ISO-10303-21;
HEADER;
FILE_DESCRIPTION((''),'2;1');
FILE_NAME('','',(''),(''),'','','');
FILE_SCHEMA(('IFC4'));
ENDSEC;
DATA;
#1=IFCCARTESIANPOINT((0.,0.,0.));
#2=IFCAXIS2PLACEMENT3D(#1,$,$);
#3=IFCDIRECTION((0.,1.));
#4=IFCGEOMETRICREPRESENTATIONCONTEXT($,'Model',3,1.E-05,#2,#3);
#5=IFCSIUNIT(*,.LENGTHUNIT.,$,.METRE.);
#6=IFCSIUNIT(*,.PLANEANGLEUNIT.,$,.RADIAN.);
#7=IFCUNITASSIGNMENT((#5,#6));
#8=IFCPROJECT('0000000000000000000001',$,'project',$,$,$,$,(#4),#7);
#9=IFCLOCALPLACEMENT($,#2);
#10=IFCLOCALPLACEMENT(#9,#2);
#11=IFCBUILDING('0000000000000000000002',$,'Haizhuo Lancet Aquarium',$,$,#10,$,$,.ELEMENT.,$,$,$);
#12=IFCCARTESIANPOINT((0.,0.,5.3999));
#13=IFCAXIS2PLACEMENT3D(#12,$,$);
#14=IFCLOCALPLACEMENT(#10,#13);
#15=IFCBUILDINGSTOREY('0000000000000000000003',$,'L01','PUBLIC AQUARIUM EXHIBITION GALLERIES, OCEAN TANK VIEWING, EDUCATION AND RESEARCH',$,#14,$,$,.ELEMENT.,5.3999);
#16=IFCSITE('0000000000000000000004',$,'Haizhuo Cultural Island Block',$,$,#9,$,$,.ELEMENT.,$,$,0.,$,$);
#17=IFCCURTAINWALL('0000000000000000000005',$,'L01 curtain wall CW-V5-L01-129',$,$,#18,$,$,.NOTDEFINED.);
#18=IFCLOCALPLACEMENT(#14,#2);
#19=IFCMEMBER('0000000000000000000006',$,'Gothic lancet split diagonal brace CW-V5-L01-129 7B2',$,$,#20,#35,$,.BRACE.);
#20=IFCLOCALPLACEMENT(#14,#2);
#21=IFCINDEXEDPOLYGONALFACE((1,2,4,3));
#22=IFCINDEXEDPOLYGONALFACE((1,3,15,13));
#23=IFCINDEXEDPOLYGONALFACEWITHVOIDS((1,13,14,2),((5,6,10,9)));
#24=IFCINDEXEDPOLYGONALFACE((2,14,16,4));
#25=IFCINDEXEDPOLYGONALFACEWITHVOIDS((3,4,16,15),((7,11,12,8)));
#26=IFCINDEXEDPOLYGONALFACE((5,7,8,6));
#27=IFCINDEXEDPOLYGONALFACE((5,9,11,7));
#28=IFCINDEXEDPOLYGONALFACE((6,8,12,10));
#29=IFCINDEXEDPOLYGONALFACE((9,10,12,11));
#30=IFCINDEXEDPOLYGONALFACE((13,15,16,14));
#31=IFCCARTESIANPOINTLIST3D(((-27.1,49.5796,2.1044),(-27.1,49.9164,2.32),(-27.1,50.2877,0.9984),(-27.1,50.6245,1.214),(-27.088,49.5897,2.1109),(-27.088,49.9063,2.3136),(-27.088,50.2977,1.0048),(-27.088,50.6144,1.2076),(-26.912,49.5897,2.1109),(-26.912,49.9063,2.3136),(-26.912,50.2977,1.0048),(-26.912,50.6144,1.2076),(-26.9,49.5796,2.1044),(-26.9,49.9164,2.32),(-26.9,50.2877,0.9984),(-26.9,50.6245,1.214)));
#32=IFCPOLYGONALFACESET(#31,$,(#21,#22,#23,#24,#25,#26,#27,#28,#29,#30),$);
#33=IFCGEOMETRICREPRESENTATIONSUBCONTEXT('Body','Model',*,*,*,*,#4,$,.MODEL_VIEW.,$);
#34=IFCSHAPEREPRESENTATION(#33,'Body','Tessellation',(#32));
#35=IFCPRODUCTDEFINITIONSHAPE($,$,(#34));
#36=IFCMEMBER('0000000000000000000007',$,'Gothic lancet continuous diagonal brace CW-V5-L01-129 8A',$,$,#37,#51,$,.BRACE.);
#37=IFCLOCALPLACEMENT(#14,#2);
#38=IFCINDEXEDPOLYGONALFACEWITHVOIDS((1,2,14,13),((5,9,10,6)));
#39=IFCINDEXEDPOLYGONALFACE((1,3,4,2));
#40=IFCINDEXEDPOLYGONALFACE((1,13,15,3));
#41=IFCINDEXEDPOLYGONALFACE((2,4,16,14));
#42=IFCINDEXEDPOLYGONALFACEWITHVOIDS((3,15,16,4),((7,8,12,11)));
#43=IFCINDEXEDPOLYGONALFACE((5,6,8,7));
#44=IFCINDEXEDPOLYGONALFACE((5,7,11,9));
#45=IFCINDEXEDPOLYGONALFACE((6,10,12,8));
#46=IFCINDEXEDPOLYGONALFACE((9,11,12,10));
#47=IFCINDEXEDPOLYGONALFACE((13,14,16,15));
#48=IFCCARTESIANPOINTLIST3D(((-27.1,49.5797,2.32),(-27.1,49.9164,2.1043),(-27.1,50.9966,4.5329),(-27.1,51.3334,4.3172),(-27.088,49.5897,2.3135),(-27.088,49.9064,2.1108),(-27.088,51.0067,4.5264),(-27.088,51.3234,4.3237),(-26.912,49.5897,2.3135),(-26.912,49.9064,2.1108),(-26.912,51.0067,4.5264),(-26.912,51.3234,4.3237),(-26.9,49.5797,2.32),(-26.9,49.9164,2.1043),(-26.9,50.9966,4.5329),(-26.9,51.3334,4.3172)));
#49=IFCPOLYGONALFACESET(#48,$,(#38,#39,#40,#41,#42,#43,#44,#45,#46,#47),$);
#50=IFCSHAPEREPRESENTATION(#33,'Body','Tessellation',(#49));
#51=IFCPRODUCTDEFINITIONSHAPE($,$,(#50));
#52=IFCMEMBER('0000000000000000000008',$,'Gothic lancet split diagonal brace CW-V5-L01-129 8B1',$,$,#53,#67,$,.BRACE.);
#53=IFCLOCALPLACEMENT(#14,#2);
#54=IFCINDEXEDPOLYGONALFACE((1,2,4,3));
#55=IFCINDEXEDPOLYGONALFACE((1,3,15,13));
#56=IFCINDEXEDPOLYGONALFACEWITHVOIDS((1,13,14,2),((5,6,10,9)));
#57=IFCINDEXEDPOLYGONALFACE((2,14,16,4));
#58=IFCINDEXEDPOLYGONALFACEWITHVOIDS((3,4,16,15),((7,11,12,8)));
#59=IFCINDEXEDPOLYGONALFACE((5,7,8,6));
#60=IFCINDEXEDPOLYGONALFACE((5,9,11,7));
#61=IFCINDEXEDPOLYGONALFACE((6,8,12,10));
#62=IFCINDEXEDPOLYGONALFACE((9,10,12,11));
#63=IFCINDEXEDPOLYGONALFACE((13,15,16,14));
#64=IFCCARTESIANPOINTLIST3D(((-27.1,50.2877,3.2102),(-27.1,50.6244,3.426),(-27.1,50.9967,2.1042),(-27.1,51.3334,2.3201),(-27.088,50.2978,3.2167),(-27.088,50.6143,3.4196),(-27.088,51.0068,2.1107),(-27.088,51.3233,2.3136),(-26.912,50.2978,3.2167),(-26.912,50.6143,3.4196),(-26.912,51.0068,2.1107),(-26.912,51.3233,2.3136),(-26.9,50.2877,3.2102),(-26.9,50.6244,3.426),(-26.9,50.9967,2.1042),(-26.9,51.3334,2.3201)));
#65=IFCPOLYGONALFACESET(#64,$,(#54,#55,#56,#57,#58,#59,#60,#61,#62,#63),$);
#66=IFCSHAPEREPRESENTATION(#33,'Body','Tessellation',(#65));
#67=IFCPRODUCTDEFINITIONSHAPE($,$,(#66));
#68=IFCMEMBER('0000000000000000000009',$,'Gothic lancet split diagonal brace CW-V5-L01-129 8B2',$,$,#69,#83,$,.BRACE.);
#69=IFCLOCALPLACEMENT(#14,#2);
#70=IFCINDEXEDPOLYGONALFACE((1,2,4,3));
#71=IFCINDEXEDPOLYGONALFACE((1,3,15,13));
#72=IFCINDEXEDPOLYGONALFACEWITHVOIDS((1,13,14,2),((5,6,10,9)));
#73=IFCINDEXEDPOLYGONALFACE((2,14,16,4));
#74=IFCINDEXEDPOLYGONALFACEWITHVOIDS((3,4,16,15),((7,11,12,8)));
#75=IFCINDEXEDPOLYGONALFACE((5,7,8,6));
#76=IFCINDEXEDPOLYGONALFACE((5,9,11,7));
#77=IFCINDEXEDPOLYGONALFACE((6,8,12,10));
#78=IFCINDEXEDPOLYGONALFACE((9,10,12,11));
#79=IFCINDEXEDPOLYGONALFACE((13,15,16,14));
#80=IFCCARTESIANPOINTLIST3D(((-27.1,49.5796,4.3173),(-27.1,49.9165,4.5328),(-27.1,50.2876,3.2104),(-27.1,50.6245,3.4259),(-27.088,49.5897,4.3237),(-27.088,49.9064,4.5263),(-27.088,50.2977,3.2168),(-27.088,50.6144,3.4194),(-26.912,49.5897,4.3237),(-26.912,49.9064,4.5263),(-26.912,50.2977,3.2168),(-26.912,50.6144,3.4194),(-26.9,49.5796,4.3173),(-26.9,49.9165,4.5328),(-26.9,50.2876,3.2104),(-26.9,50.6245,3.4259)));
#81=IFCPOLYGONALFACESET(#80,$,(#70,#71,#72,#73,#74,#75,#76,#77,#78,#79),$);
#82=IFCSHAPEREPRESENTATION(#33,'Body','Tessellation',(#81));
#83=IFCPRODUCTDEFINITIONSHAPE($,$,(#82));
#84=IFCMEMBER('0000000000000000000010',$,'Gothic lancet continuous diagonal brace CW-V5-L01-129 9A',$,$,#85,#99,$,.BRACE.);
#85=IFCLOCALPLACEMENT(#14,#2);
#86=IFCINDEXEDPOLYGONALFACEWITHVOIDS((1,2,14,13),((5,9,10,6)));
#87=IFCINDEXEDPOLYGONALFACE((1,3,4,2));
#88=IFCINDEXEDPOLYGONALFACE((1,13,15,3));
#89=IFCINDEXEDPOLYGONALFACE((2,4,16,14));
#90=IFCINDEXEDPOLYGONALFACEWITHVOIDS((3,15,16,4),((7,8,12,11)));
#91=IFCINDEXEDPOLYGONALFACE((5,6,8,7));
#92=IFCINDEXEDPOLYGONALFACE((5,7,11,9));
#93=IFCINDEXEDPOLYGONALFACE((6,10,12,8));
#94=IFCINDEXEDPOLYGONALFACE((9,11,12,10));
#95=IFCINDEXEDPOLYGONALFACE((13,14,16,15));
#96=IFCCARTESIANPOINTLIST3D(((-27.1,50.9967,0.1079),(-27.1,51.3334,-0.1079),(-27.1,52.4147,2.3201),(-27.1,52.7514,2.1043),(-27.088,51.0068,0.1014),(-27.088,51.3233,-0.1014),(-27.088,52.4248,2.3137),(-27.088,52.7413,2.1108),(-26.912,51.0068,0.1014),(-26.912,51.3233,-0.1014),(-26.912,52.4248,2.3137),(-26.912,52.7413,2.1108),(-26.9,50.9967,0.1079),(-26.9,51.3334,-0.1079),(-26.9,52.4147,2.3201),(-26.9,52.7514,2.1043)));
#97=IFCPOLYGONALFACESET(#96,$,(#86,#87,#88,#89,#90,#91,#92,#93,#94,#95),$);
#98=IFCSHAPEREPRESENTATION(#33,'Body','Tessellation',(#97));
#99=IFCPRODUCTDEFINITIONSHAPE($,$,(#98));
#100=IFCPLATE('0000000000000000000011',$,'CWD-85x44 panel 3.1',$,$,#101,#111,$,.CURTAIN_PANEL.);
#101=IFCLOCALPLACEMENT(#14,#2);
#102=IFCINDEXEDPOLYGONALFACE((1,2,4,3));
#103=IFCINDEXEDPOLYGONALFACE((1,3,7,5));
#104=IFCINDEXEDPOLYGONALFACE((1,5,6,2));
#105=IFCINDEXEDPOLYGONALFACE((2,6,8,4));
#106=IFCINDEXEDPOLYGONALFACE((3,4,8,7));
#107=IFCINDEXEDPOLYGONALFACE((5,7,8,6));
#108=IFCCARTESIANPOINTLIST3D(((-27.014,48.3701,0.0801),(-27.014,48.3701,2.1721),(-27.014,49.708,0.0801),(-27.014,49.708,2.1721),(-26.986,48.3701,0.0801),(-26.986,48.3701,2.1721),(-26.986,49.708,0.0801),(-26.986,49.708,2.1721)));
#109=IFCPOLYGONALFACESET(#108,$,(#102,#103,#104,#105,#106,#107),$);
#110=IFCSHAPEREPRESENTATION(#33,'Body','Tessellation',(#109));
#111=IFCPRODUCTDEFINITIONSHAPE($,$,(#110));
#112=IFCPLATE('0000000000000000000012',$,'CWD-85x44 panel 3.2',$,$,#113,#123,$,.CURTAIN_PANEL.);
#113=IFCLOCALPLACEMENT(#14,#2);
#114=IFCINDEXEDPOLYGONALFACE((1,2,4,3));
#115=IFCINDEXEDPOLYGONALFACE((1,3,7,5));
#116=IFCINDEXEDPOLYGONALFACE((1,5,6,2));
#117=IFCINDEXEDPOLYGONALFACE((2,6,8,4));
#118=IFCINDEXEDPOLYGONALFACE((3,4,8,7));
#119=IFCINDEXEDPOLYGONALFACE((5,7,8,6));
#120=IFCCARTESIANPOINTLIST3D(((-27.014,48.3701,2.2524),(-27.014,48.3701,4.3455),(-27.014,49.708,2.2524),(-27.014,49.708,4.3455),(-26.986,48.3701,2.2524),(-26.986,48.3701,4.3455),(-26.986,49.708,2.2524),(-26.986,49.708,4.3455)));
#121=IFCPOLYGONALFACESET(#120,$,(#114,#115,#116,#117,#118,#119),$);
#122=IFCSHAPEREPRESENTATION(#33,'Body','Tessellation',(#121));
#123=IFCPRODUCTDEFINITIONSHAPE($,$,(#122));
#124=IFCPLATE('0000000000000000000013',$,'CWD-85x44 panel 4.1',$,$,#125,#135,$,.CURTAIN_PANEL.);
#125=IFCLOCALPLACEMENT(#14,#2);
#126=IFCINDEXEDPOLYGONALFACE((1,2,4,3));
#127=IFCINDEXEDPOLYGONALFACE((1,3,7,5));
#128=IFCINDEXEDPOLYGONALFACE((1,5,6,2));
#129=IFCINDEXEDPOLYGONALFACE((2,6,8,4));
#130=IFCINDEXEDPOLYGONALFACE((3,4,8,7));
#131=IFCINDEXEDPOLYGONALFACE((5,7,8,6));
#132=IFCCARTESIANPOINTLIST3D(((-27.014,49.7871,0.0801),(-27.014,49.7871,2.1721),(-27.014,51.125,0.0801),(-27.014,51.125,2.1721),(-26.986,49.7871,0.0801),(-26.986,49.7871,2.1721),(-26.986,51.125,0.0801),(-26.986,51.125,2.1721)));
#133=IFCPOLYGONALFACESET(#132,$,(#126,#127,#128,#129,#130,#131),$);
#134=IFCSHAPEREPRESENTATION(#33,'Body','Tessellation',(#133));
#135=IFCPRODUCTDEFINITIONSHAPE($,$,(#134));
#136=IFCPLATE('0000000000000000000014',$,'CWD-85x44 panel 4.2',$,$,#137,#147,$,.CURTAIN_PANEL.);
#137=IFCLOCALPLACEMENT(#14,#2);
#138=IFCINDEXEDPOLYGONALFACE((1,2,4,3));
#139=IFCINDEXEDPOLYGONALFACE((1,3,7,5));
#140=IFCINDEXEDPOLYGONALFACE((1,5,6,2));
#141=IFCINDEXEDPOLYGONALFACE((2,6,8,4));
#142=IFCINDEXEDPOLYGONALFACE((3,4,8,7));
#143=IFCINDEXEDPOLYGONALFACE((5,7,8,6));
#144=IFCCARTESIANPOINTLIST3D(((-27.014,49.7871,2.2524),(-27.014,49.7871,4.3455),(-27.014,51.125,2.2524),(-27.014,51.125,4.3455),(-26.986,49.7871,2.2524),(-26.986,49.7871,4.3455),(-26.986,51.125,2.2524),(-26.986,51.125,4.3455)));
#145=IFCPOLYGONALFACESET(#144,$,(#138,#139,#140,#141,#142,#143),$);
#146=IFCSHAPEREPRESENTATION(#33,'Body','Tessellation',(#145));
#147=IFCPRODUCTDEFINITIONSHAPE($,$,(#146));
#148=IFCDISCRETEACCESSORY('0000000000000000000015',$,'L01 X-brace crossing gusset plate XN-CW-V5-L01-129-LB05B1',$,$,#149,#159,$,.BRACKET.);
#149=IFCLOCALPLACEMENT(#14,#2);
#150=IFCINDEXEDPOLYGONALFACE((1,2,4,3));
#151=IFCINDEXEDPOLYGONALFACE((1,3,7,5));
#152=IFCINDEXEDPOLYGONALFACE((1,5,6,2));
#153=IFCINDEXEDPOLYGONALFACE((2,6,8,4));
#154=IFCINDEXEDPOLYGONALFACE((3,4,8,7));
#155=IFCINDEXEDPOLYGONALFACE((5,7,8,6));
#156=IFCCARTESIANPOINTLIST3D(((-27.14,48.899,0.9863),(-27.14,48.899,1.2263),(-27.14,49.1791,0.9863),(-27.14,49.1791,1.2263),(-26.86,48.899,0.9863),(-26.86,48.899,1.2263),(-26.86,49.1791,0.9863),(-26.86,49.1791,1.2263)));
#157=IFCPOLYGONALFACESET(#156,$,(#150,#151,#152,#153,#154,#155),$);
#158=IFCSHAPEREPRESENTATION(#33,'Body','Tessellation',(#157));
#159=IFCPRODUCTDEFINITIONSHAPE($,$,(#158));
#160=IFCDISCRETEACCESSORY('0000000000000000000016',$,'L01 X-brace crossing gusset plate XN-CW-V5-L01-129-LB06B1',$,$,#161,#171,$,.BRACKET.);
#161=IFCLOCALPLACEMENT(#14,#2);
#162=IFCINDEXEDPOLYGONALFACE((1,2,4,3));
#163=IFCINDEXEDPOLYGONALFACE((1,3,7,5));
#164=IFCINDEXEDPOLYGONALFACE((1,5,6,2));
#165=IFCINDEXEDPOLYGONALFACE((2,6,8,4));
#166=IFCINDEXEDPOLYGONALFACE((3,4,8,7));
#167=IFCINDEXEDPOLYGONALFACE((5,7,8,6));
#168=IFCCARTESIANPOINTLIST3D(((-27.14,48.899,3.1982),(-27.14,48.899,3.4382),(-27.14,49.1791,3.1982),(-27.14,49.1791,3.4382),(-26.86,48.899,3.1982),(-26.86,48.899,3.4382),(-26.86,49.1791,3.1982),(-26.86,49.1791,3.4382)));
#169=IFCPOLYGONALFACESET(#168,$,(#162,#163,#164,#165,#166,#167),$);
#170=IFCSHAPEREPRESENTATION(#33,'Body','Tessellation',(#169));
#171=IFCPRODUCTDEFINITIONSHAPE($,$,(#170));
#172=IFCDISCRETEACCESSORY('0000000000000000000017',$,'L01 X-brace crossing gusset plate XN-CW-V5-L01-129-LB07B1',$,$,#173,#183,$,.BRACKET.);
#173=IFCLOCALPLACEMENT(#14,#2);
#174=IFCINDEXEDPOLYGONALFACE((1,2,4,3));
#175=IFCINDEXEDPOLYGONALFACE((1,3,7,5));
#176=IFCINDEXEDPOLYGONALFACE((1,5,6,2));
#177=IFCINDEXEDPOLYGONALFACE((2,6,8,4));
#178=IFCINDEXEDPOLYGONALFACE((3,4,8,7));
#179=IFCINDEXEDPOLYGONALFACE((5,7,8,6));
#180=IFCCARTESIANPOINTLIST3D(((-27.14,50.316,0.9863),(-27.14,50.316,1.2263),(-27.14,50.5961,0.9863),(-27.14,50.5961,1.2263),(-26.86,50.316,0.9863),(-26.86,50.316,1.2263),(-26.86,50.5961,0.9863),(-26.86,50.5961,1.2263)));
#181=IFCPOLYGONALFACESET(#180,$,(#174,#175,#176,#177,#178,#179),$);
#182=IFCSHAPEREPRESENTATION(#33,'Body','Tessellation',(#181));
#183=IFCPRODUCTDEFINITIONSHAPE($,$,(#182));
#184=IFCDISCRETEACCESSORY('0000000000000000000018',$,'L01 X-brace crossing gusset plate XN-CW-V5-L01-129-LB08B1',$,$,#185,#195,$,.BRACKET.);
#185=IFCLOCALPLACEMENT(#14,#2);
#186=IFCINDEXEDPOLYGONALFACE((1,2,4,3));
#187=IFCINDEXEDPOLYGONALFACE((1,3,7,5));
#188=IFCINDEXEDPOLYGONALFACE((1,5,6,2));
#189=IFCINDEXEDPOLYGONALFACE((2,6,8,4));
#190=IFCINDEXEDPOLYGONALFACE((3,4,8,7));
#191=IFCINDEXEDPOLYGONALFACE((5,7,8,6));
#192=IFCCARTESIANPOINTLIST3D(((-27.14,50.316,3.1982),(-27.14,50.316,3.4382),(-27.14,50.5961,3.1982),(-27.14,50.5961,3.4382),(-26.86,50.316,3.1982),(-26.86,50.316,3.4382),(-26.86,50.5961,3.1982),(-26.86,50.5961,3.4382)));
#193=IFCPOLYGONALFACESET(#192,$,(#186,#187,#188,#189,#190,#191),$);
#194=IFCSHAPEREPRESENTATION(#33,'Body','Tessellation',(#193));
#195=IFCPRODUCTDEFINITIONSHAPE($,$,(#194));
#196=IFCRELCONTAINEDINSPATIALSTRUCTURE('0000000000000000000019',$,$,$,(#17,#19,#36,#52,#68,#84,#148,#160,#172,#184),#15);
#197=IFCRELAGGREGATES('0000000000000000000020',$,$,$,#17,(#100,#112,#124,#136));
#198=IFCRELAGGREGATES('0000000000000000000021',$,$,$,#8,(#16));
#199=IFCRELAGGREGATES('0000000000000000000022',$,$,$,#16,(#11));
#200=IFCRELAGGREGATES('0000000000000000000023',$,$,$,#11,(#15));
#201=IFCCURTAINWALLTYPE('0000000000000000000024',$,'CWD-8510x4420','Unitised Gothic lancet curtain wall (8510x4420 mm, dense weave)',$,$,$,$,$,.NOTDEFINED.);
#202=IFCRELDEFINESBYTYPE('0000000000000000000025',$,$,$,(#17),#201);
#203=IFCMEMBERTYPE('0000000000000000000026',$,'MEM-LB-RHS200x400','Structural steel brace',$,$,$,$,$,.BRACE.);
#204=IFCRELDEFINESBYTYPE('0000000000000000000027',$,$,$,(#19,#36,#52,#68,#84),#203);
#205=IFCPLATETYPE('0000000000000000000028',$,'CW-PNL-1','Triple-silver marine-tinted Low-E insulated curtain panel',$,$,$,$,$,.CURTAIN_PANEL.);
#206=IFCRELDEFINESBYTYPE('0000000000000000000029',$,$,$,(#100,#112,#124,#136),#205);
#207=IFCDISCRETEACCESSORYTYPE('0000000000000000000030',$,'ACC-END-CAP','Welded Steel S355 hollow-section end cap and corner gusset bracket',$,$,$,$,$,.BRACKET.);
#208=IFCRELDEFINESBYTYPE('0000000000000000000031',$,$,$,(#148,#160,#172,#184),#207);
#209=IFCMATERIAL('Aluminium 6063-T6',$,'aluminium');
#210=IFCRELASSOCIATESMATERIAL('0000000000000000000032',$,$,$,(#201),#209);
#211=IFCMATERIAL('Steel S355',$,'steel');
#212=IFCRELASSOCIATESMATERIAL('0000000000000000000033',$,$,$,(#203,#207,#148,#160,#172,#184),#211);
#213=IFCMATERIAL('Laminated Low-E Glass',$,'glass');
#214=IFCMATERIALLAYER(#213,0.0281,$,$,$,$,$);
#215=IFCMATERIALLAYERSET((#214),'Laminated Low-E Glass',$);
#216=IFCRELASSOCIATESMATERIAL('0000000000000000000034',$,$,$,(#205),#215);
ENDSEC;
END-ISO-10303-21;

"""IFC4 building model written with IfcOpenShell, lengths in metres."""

from ifc_helpers import new_model, si_unit, direction, frame, origin, origin_2d, place, context, subcontext, project, spatial, rectangle, hollow_rectangle, extrude, material, layer, layer_set, material_profile, profile_set, type_object, element, aggregate, save


model = new_model("IFC4")

# Units and contexts
model_context = context("Model", 3, precision=1e-05, world=origin(), true_north=direction((0.0, 1.0)))
body_context = subcontext(model_context, "Body", "Model", "MODEL_VIEW")
ifc_project = project(units=[si_unit("LENGTHUNIT", "METRE"), si_unit("PLANEANGLEUNIT", "RADIAN")], contexts=[model_context])

# Site, building, storey
site_placement = place(None, origin())
site = spatial("IfcSite", under=ifc_project, at=site_placement, Name="Haizhuo Cultural Island Block", CompositionType="ELEMENT", RefElevation=0.0)
building_placement = place(site_placement, origin())
building = spatial("IfcBuilding", under=site, at=building_placement, Name="Haizhuo Lancet Aquarium", CompositionType="ELEMENT")
storey_placement = place(building_placement, frame((0.0, 0.0, 5.3999)))
storey = spatial("IfcBuildingStorey", under=building, at=storey_placement, Name="L01", Description="PUBLIC AQUARIUM EXHIBITION GALLERIES, OCEAN TANK VIEWING, EDUCATION AND RESEARCH", CompositionType="ELEMENT", Elevation=5.3999)

# Curtain wall
ifc_material_1 = material(Name="Aluminium 6063-T6", Category="aluminium")
curtain_wall_type = type_object("IfcCurtainWallType", Name="CWD-8510x4420", Description="Unitised Gothic lancet curtain wall (8510x4420 mm, dense weave)", PredefinedType="NOTDEFINED", material=ifc_material_1)
curtain_wall_placement = place(storey_placement, origin())
curtain_wall = element("IfcCurtainWall", 1, at=curtain_wall_placement, inside=storey, type_object=curtain_wall_type, Name="L01 curtain wall CW-V5-L01-129", PredefinedType="NOTDEFINED")

# Members
ifc_material_2 = material(Name="Steel S355", Category="steel")
ifc_material_profile_1 = material_profile(ifc_material_2, hollow_rectangle(XDim=0.2, YDim=0.3999, WallThickness=0.012, at=origin_2d()), Name="RHS 200x400x12")
ifc_profile_set_1 = profile_set([ifc_material_profile_1], Name="Steel S355")
member_type_1 = type_object("IfcMemberType", Name="MEM-LB-RHS200x400", Description="Structural steel brace", PredefinedType="BRACE", material=ifc_profile_set_1)
member_1_placement = place(storey_placement, frame((-27.0, 50.4561, 1.1062), z_axis=(0.0, -0.539159, 0.842204), x_axis=(1.0, 0.0, 0.0)))
element("IfcMember", 2, at=member_1_placement, inside=storey, type_object=member_type_1, Name="Gothic lancet split diagonal brace CW-V5-L01-129 7B2", PredefinedType="BRACE", context=body_context, shape_type="SweptSolid", body=[
    extrude(hollow_rectangle(XDim=0.2, YDim=0.3999, WallThickness=0.012, at=origin_2d()), origin(), (0.0, 0.0, 1.0), 1.3132),
])
member_2_placement = place(storey_placement, frame((-27.0, 49.748, 2.2122), z_axis=(0.0, 0.539254, 0.842143), x_axis=(-1.0, 0.0, 0.0)))
element("IfcMember", 3, at=member_2_placement, inside=storey, type_object=member_type_1, Name="Gothic lancet continuous diagonal brace CW-V5-L01-129 8A", PredefinedType="BRACE", context=body_context, shape_type="SweptSolid", body=[
    extrude(hollow_rectangle(XDim=0.2, YDim=0.3999, WallThickness=0.012, at=origin_2d()), origin(), (0.0, 0.0, 1.0), 2.6277),
])
member_3_placement = place(storey_placement, frame((-27.0, 51.165, 2.2122), z_axis=(0.0, -0.539686, 0.841866), x_axis=(1.0, 0.0, 0.0)))
element("IfcMember", 4, at=member_3_placement, inside=storey, type_object=member_type_1, Name="Gothic lancet split diagonal brace CW-V5-L01-129 8B1", PredefinedType="BRACE", context=body_context, shape_type="SweptSolid", body=[
    extrude(hollow_rectangle(XDim=0.2, YDim=0.3999, WallThickness=0.012, at=origin_2d()), origin(), (0.0, 0.0, 1.0), 1.3137),
])
member_4_placement = place(storey_placement, frame((-27.0, 50.4561, 3.3181), z_axis=(0.0, -0.538822, 0.84242), x_axis=(1.0, 0.0, 0.0)))
element("IfcMember", 5, at=member_4_placement, inside=storey, type_object=member_type_1, Name="Gothic lancet split diagonal brace CW-V5-L01-129 8B2", PredefinedType="BRACE", context=body_context, shape_type="SweptSolid", body=[
    extrude(hollow_rectangle(XDim=0.2, YDim=0.3999, WallThickness=0.012, at=origin_2d()), origin(), (0.0, 0.0, 1.0), 1.314),
])
member_5_placement = place(storey_placement, frame((-27.0, 51.165, 0.0), z_axis=(0.0, 0.539644, 0.841893), x_axis=(-1.0, 0.0, 0.0)))
element("IfcMember", 6, at=member_5_placement, inside=storey, type_object=member_type_1, Name="Gothic lancet continuous diagonal brace CW-V5-L01-129 9A", PredefinedType="BRACE", context=body_context, shape_type="SweptSolid", body=[
    extrude(hollow_rectangle(XDim=0.2, YDim=0.3999, WallThickness=0.012, at=origin_2d()), origin(), (0.0, 0.0, 1.0), 2.6277),
])

# Plates
ifc_material_3 = material(Name="Laminated Low-E Glass", Category="glass")
ifc_layer = layer(ifc_material_3, 0.0281)
ifc_layer_set = layer_set([ifc_layer], Name="Laminated Low-E Glass")
plate_type = type_object("IfcPlateType", Name="CW-PNL-1", Description="Triple-silver marine-tinted Low-E insulated curtain panel", PredefinedType="CURTAIN_PANEL", material=ifc_layer_set)
plate_1_placement = place(storey_placement, frame((-27.0, 49.0391, 0.0801), z_axis=(0.0, 0.0, 1.0), x_axis=(0.0, 1.0, 0.0)))
plate_1 = element("IfcPlate", 7, at=plate_1_placement, type_object=plate_type, Name="CWD-85x44 panel 3.1", PredefinedType="CURTAIN_PANEL", context=body_context, shape_type="SweptSolid", body=[
    extrude(rectangle(XDim=1.3379, YDim=0.0281, at=origin_2d()), origin(), (0.0, 0.0, 1.0), 2.092),
])
plate_2_placement = place(storey_placement, frame((-27.0, 49.0391, 2.2524), z_axis=(0.0, 0.0, 1.0), x_axis=(0.0, 1.0, 0.0)))
plate_2 = element("IfcPlate", 8, at=plate_2_placement, type_object=plate_type, Name="CWD-85x44 panel 3.2", PredefinedType="CURTAIN_PANEL", context=body_context, shape_type="SweptSolid", body=[
    extrude(rectangle(XDim=1.3379, YDim=0.0281, at=origin_2d()), origin(), (0.0, 0.0, 1.0), 2.093),
])
plate_3_placement = place(storey_placement, frame((-27.0, 50.4561, 0.0801), z_axis=(0.0, 0.0, 1.0), x_axis=(0.0, 1.0, 0.0)))
plate_3 = element("IfcPlate", 9, at=plate_3_placement, type_object=plate_type, Name="CWD-85x44 panel 4.1", PredefinedType="CURTAIN_PANEL", context=body_context, shape_type="SweptSolid", body=[
    extrude(rectangle(XDim=1.3379, YDim=0.0281, at=origin_2d()), origin(), (0.0, 0.0, 1.0), 2.092),
])
plate_4_placement = place(storey_placement, frame((-27.0, 50.4561, 2.2524), z_axis=(0.0, 0.0, 1.0), x_axis=(0.0, 1.0, 0.0)))
plate_4 = element("IfcPlate", 10, at=plate_4_placement, type_object=plate_type, Name="CWD-85x44 panel 4.2", PredefinedType="CURTAIN_PANEL", context=body_context, shape_type="SweptSolid", body=[
    extrude(rectangle(XDim=1.3379, YDim=0.0281, at=origin_2d()), origin(), (0.0, 0.0, 1.0), 2.093),
])
aggregate(curtain_wall, [plate_1, plate_2, plate_3, plate_4])

# Discrete accessories
discrete_accessory_type = type_object("IfcDiscreteAccessoryType", Name="ACC-END-CAP", Description="Welded Steel S355 hollow-section end cap and corner gusset bracket", PredefinedType="BRACKET", material=ifc_material_2)
for number, where, z_axis, x_axis, name in (
    (11, (-27.0, 49.0391, 0.9863), (0.0, 0.0, 1.0), (1.0, 0.0, 0.0), "L01 X-brace crossing gusset plate XN-CW-V5-L01-129-LB05B1"),
    (12, (-27.0, 49.0391, 3.1982), (0.0, 0.0, 1.0), (1.0, 0.0, 0.0), "L01 X-brace crossing gusset plate XN-CW-V5-L01-129-LB06B1"),
    (13, (-27.0, 50.4561, 0.9863), (0.0, 0.0, 1.0), (1.0, 0.0, 0.0), "L01 X-brace crossing gusset plate XN-CW-V5-L01-129-LB07B1"),
    (14, (-27.0, 50.4561, 3.1982), (0.0, 0.0, 1.0), (1.0, 0.0, 0.0), "L01 X-brace crossing gusset plate XN-CW-V5-L01-129-LB08B1"),
):
    element("IfcDiscreteAccessory", number, at=place(storey_placement, frame(where, z_axis=z_axis, x_axis=x_axis)), inside=storey, type_object=discrete_accessory_type, material=ifc_material_2, Name=name, PredefinedType="BRACKET", context=body_context, shape_type="SweptSolid", body=[
        extrude(rectangle(XDim=0.28, YDim=0.28, at=origin_2d()), origin(), (0.0, 0.0, 1.0), 0.24),
    ])

save(model, "model.ifc")
